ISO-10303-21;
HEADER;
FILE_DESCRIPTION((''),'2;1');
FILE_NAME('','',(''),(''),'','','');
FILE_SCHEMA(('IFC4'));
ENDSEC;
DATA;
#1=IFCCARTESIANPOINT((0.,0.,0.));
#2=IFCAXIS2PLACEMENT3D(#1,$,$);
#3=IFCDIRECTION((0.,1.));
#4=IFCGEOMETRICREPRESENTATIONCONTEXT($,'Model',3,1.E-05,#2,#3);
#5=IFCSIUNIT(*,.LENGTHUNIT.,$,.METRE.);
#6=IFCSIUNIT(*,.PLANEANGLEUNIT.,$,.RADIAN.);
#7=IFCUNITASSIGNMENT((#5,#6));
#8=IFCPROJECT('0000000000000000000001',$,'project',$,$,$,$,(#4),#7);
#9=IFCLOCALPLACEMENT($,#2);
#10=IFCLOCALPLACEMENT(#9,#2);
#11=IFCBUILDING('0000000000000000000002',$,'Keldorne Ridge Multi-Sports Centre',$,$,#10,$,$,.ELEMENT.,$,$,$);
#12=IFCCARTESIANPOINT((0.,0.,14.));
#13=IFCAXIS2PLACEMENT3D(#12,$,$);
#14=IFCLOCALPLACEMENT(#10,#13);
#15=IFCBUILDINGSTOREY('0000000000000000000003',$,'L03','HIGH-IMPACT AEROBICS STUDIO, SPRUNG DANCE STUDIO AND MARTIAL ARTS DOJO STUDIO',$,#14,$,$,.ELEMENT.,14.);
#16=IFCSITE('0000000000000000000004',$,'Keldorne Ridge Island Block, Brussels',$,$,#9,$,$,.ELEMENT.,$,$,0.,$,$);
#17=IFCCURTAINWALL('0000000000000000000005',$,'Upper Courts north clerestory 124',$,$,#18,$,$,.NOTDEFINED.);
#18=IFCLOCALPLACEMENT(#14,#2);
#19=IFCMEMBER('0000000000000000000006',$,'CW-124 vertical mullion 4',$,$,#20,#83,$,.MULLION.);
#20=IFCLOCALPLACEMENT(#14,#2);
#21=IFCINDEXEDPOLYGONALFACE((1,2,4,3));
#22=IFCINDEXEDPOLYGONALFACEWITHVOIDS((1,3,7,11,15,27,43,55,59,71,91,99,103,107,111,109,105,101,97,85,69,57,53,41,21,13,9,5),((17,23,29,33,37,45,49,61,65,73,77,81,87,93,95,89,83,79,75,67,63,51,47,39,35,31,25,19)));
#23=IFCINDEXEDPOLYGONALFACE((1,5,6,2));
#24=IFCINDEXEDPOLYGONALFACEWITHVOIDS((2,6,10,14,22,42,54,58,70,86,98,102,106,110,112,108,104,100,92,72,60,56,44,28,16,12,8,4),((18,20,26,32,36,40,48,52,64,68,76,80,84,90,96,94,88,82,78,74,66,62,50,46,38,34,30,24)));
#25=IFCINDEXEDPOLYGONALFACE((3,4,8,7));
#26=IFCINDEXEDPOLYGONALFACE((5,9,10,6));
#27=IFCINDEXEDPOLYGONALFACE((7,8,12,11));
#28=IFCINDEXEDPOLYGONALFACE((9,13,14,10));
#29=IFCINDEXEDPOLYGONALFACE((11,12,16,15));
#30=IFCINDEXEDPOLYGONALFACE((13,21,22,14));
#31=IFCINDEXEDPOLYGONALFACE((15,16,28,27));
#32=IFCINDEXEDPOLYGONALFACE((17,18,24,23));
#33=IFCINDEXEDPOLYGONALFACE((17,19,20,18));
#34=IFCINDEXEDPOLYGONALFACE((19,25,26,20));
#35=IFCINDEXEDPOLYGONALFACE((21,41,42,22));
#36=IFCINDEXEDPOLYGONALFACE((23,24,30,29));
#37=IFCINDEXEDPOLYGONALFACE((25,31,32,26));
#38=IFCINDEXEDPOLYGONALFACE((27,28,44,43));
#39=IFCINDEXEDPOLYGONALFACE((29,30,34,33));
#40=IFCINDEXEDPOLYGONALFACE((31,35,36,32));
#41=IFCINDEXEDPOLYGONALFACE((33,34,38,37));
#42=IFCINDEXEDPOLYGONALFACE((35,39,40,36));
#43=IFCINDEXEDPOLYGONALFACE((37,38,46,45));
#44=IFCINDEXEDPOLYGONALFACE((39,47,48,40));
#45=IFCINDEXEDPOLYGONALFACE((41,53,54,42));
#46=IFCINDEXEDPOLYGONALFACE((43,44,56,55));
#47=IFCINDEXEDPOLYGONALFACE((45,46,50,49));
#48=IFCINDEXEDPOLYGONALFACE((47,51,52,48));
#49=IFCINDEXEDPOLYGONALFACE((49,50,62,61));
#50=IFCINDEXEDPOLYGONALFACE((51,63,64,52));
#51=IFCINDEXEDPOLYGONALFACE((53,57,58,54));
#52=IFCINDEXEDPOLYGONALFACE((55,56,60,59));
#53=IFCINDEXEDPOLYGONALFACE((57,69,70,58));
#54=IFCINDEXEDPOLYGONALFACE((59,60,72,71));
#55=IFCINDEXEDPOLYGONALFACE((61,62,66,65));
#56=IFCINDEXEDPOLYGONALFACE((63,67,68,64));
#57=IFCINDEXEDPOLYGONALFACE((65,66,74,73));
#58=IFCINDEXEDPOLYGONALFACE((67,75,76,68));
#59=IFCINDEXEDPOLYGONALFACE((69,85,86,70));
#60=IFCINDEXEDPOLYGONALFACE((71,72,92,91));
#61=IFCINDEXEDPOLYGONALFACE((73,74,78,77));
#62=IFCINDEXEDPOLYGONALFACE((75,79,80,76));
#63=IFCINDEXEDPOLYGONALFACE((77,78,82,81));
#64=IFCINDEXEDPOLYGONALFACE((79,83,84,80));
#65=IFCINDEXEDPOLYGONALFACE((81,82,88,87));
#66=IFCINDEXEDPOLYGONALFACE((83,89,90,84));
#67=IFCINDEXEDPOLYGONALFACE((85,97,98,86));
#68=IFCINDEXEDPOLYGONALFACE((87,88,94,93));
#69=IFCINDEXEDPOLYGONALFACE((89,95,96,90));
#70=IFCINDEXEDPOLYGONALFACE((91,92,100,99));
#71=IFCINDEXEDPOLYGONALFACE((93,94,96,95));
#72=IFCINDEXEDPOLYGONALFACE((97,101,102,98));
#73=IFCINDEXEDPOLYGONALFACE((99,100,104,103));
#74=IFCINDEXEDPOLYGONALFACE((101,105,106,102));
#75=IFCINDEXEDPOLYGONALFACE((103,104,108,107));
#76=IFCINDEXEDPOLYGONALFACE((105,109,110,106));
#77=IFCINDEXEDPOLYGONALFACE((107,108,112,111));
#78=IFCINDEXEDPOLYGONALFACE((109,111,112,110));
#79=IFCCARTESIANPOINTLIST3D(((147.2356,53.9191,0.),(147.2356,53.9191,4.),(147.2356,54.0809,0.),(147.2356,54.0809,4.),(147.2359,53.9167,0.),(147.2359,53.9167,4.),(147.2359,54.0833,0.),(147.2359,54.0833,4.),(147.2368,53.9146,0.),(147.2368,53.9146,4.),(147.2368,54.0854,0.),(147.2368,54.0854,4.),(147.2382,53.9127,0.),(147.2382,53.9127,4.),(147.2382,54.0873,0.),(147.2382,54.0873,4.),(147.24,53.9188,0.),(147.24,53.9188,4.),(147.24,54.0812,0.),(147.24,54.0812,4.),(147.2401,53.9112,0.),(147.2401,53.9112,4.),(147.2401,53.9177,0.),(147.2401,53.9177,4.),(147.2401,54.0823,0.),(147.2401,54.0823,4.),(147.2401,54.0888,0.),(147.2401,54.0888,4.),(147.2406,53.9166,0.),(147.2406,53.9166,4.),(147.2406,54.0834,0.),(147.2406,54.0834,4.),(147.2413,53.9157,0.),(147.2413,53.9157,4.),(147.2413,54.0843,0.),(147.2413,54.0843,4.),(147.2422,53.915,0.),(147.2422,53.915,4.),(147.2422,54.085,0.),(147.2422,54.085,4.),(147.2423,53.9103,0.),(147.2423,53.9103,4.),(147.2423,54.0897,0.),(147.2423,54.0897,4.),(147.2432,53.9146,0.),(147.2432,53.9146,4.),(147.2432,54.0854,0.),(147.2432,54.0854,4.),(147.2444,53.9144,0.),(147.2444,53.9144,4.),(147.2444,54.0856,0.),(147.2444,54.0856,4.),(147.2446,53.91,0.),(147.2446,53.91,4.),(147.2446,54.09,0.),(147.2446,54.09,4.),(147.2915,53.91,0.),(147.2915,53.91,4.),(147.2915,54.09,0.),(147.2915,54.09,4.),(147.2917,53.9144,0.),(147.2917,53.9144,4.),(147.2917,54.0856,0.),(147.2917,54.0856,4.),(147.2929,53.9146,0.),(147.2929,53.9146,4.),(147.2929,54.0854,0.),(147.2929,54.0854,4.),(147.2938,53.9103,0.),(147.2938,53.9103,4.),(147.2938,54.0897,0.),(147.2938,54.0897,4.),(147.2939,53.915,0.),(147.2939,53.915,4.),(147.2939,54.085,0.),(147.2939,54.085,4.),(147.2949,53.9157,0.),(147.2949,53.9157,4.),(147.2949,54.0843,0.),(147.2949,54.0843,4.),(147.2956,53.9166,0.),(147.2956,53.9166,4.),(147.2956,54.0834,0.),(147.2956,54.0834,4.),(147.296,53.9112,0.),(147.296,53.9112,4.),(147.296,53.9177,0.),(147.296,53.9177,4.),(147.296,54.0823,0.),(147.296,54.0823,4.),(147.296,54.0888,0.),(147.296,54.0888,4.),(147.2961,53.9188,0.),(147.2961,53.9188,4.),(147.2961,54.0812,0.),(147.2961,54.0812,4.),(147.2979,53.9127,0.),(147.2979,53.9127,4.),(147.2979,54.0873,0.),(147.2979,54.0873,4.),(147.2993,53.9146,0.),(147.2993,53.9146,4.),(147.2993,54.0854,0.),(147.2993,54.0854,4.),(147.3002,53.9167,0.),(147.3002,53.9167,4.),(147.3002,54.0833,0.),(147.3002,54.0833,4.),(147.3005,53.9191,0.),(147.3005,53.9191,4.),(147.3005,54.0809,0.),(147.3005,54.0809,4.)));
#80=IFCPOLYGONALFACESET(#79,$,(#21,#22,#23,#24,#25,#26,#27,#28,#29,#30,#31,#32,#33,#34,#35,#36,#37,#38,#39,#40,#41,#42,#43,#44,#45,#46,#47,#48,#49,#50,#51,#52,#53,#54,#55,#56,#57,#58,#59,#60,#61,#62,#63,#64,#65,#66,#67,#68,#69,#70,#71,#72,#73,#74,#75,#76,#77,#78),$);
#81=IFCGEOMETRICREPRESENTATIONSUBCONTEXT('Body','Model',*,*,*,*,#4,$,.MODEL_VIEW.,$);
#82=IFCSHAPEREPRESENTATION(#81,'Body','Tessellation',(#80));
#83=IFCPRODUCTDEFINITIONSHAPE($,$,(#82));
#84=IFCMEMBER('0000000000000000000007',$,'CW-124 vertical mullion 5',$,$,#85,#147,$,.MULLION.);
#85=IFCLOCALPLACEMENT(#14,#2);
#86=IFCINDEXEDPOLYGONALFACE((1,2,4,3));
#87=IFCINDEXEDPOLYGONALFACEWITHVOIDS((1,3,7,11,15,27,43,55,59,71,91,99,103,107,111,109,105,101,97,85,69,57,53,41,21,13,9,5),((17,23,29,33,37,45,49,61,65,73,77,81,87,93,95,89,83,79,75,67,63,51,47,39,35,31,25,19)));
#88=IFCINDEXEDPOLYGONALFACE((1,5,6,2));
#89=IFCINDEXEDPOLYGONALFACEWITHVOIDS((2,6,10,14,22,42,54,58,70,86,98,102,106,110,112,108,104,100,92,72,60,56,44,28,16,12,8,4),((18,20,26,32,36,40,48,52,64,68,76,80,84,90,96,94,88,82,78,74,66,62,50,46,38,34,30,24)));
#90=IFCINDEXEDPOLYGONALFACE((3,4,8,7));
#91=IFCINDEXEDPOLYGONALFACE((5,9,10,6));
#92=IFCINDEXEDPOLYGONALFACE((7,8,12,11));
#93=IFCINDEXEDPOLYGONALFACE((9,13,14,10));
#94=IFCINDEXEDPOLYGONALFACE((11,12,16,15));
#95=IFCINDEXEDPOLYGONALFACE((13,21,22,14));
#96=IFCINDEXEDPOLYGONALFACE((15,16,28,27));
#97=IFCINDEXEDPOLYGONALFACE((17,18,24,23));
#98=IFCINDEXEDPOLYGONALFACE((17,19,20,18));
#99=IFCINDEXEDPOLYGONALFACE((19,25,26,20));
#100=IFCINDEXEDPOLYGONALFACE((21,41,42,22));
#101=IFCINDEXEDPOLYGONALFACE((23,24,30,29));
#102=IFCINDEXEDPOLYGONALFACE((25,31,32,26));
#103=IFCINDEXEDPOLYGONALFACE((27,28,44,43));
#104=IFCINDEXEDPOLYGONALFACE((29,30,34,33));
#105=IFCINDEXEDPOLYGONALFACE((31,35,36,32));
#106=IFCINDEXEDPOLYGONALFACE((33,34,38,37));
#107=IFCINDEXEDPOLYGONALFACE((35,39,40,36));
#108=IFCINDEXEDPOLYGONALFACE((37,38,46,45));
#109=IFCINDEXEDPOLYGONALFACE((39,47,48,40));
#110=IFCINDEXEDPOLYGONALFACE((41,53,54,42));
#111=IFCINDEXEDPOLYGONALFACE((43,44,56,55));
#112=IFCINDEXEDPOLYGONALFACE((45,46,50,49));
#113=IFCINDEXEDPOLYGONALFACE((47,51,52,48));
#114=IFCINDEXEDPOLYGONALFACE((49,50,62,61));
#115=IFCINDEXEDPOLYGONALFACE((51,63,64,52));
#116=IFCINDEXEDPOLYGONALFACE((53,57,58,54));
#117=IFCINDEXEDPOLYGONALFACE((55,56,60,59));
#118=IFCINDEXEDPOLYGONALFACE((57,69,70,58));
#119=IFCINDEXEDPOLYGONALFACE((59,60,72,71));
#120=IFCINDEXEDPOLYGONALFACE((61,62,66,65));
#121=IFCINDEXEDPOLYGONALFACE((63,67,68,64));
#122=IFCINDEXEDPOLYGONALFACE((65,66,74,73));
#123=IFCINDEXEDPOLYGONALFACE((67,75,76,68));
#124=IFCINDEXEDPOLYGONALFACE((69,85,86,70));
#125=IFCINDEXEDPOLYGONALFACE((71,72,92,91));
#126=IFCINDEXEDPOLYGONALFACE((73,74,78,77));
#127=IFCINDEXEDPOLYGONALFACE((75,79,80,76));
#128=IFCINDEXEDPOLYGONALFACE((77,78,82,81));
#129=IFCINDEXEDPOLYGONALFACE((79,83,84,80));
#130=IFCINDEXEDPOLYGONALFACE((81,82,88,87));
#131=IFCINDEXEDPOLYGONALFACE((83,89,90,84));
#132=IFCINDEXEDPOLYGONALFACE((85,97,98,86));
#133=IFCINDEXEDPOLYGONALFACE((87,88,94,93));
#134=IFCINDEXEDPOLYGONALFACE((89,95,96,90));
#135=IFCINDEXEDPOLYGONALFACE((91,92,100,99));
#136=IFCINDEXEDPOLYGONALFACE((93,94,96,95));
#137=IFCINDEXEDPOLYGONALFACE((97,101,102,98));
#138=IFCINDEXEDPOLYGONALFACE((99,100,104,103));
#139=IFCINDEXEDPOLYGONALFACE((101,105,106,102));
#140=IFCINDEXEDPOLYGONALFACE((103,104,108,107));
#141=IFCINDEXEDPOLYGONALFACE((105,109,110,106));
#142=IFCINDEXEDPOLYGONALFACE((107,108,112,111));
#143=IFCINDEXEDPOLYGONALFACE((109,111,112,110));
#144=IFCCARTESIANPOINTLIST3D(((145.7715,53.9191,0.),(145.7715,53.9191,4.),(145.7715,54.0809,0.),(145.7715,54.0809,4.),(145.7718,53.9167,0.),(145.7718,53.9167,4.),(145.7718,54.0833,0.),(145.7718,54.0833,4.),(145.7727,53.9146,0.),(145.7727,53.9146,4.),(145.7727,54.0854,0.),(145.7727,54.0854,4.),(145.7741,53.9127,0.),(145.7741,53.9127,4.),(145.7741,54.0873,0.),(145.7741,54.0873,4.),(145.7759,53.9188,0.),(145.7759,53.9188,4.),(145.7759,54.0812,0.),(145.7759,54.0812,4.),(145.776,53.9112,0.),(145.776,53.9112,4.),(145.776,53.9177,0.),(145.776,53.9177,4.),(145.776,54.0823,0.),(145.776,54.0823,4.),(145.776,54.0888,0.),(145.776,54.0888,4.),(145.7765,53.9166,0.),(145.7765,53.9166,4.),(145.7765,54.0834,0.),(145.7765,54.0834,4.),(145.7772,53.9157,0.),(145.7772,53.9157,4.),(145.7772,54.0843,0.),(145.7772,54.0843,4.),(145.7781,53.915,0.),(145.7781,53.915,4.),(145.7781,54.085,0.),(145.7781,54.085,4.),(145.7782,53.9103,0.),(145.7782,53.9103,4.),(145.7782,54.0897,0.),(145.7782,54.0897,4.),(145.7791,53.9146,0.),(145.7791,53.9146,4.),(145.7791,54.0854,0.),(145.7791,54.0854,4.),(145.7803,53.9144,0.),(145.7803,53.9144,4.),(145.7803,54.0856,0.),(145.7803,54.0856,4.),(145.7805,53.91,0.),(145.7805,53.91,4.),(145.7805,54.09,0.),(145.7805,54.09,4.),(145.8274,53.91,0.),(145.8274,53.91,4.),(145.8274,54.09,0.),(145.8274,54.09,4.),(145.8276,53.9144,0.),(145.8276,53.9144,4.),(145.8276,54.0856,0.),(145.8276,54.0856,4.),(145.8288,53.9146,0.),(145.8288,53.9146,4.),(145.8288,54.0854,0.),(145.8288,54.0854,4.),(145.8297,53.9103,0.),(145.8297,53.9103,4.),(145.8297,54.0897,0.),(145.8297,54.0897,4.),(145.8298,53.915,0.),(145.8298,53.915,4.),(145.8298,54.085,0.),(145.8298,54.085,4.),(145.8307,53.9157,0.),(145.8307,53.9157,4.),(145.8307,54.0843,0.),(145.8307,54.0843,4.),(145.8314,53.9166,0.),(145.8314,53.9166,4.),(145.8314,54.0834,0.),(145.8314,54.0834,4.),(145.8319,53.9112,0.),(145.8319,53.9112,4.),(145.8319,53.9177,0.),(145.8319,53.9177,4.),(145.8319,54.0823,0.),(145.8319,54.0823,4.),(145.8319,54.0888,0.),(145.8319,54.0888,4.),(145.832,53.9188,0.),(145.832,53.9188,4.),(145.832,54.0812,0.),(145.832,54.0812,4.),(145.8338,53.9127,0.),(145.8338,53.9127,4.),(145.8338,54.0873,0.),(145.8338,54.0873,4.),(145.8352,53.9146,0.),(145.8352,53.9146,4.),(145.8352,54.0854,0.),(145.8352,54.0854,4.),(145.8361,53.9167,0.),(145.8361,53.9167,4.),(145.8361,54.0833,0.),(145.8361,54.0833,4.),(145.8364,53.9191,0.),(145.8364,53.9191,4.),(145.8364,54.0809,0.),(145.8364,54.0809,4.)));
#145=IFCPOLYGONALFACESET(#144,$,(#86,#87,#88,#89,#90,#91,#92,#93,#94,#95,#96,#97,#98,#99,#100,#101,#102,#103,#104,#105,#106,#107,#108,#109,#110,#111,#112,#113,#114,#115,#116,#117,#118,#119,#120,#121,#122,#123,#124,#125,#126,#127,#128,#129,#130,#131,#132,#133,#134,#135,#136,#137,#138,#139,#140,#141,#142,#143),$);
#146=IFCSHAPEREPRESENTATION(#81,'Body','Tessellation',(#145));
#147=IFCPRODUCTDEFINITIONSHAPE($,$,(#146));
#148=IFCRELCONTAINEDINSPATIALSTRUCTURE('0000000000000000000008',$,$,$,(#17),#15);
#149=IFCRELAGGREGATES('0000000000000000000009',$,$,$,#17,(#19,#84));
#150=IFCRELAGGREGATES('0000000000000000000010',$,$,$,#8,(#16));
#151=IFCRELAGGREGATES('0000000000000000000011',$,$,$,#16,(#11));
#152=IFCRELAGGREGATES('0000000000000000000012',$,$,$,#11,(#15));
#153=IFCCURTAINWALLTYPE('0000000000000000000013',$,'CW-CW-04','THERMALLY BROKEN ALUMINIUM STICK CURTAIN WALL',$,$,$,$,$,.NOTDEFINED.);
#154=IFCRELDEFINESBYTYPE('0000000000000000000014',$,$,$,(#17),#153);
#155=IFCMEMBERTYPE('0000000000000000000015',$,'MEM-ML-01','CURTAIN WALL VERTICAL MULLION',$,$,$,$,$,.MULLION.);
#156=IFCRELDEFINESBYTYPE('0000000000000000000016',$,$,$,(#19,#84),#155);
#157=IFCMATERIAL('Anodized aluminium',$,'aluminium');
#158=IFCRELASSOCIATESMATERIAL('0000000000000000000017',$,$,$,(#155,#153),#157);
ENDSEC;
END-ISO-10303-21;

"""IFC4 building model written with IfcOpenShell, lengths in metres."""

from ifc_helpers import new_model, si_unit, direction, frame, origin, origin_2d, place, context, subcontext, project, spatial, hollow_rectangle, extrude, material, material_profile, profile_set, type_object, element, aggregate, save


model = new_model("IFC4")

# Units and contexts
model_context = context("Model", 3, precision=1e-05, world=origin(), true_north=direction((0.0, 1.0)))
body_context = subcontext(model_context, "Body", "Model", "MODEL_VIEW")
ifc_project = project(units=[si_unit("LENGTHUNIT", "METRE"), si_unit("PLANEANGLEUNIT", "RADIAN")], contexts=[model_context])

# Site, building, storey
site_placement = place(None, origin())
site = spatial("IfcSite", under=ifc_project, at=site_placement, Name="Keldorne Ridge Island Block, Brussels", CompositionType="ELEMENT", RefElevation=0.0)
building_placement = place(site_placement, origin())
building = spatial("IfcBuilding", under=site, at=building_placement, Name="Keldorne Ridge Multi-Sports Centre", CompositionType="ELEMENT")
storey_placement = place(building_placement, frame((0.0, 0.0, 14.0)))
storey = spatial("IfcBuildingStorey", under=building, at=storey_placement, Name="L03", Description="HIGH-IMPACT AEROBICS STUDIO, SPRUNG DANCE STUDIO AND MARTIAL ARTS DOJO STUDIO", CompositionType="ELEMENT", Elevation=14.0)

# Shared definitions
ifc_material_1 = material(Name="Anodized aluminium", Category="aluminium")
ifc_material_profile_1 = material_profile(ifc_material_1, hollow_rectangle(XDim=0.0649, YDim=0.1799, WallThickness=0.0044, InnerFilletRadius=0.0044, OuterFilletRadius=0.009, at=origin_2d()), Name="ALU MULLION 180x65x4.5")
ifc_profile_set_1 = profile_set([ifc_material_profile_1], Name="Anodized aluminium")
member_type_1 = type_object("IfcMemberType", Name="MEM-ML-01", Description="CURTAIN WALL VERTICAL MULLION", PredefinedType="MULLION", material=ifc_profile_set_1)

# Curtain wall, members
curtain_wall_type_1 = type_object("IfcCurtainWallType", Name="CW-CW-04", Description="THERMALLY BROKEN ALUMINIUM STICK CURTAIN WALL", PredefinedType="NOTDEFINED", material=ifc_material_1)
curtain_wall_1_placement = place(storey_placement, origin())
curtain_wall_1 = element("IfcCurtainWall", 1, at=curtain_wall_1_placement, inside=storey, type_object=curtain_wall_type_1, Name="Upper Courts north clerestory 124", PredefinedType="NOTDEFINED")
member_1_placement = place(storey_placement, frame((147.2681, 54.0, 0.0), z_axis=(0.0, 0.0, 1.0), x_axis=(1.0, 0.0, 0.0)))
member_1 = element("IfcMember", 2, at=member_1_placement, type_object=member_type_1, Name="CW-124 vertical mullion 4", PredefinedType="MULLION", context=body_context, shape_type="SweptSolid", body=[
    extrude(hollow_rectangle(XDim=0.0649, YDim=0.1799, WallThickness=0.0044, InnerFilletRadius=0.0044, OuterFilletRadius=0.009, at=origin_2d()), origin(), (0.0, 0.0, 1.0), 4.0),
])
member_2_placement = place(storey_placement, frame((145.804, 54.0, 0.0), z_axis=(0.0, 0.0, 1.0), x_axis=(1.0, 0.0, 0.0)))
member_2 = element("IfcMember", 3, at=member_2_placement, type_object=member_type_1, Name="CW-124 vertical mullion 5", PredefinedType="MULLION", context=body_context, shape_type="SweptSolid", body=[
    extrude(hollow_rectangle(XDim=0.0649, YDim=0.1799, WallThickness=0.0044, InnerFilletRadius=0.0044, OuterFilletRadius=0.009, at=origin_2d()), origin(), (0.0, 0.0, 1.0), 4.0),
])

aggregate(curtain_wall_1, [member_1, member_2])

save(model, "model.ifc")
